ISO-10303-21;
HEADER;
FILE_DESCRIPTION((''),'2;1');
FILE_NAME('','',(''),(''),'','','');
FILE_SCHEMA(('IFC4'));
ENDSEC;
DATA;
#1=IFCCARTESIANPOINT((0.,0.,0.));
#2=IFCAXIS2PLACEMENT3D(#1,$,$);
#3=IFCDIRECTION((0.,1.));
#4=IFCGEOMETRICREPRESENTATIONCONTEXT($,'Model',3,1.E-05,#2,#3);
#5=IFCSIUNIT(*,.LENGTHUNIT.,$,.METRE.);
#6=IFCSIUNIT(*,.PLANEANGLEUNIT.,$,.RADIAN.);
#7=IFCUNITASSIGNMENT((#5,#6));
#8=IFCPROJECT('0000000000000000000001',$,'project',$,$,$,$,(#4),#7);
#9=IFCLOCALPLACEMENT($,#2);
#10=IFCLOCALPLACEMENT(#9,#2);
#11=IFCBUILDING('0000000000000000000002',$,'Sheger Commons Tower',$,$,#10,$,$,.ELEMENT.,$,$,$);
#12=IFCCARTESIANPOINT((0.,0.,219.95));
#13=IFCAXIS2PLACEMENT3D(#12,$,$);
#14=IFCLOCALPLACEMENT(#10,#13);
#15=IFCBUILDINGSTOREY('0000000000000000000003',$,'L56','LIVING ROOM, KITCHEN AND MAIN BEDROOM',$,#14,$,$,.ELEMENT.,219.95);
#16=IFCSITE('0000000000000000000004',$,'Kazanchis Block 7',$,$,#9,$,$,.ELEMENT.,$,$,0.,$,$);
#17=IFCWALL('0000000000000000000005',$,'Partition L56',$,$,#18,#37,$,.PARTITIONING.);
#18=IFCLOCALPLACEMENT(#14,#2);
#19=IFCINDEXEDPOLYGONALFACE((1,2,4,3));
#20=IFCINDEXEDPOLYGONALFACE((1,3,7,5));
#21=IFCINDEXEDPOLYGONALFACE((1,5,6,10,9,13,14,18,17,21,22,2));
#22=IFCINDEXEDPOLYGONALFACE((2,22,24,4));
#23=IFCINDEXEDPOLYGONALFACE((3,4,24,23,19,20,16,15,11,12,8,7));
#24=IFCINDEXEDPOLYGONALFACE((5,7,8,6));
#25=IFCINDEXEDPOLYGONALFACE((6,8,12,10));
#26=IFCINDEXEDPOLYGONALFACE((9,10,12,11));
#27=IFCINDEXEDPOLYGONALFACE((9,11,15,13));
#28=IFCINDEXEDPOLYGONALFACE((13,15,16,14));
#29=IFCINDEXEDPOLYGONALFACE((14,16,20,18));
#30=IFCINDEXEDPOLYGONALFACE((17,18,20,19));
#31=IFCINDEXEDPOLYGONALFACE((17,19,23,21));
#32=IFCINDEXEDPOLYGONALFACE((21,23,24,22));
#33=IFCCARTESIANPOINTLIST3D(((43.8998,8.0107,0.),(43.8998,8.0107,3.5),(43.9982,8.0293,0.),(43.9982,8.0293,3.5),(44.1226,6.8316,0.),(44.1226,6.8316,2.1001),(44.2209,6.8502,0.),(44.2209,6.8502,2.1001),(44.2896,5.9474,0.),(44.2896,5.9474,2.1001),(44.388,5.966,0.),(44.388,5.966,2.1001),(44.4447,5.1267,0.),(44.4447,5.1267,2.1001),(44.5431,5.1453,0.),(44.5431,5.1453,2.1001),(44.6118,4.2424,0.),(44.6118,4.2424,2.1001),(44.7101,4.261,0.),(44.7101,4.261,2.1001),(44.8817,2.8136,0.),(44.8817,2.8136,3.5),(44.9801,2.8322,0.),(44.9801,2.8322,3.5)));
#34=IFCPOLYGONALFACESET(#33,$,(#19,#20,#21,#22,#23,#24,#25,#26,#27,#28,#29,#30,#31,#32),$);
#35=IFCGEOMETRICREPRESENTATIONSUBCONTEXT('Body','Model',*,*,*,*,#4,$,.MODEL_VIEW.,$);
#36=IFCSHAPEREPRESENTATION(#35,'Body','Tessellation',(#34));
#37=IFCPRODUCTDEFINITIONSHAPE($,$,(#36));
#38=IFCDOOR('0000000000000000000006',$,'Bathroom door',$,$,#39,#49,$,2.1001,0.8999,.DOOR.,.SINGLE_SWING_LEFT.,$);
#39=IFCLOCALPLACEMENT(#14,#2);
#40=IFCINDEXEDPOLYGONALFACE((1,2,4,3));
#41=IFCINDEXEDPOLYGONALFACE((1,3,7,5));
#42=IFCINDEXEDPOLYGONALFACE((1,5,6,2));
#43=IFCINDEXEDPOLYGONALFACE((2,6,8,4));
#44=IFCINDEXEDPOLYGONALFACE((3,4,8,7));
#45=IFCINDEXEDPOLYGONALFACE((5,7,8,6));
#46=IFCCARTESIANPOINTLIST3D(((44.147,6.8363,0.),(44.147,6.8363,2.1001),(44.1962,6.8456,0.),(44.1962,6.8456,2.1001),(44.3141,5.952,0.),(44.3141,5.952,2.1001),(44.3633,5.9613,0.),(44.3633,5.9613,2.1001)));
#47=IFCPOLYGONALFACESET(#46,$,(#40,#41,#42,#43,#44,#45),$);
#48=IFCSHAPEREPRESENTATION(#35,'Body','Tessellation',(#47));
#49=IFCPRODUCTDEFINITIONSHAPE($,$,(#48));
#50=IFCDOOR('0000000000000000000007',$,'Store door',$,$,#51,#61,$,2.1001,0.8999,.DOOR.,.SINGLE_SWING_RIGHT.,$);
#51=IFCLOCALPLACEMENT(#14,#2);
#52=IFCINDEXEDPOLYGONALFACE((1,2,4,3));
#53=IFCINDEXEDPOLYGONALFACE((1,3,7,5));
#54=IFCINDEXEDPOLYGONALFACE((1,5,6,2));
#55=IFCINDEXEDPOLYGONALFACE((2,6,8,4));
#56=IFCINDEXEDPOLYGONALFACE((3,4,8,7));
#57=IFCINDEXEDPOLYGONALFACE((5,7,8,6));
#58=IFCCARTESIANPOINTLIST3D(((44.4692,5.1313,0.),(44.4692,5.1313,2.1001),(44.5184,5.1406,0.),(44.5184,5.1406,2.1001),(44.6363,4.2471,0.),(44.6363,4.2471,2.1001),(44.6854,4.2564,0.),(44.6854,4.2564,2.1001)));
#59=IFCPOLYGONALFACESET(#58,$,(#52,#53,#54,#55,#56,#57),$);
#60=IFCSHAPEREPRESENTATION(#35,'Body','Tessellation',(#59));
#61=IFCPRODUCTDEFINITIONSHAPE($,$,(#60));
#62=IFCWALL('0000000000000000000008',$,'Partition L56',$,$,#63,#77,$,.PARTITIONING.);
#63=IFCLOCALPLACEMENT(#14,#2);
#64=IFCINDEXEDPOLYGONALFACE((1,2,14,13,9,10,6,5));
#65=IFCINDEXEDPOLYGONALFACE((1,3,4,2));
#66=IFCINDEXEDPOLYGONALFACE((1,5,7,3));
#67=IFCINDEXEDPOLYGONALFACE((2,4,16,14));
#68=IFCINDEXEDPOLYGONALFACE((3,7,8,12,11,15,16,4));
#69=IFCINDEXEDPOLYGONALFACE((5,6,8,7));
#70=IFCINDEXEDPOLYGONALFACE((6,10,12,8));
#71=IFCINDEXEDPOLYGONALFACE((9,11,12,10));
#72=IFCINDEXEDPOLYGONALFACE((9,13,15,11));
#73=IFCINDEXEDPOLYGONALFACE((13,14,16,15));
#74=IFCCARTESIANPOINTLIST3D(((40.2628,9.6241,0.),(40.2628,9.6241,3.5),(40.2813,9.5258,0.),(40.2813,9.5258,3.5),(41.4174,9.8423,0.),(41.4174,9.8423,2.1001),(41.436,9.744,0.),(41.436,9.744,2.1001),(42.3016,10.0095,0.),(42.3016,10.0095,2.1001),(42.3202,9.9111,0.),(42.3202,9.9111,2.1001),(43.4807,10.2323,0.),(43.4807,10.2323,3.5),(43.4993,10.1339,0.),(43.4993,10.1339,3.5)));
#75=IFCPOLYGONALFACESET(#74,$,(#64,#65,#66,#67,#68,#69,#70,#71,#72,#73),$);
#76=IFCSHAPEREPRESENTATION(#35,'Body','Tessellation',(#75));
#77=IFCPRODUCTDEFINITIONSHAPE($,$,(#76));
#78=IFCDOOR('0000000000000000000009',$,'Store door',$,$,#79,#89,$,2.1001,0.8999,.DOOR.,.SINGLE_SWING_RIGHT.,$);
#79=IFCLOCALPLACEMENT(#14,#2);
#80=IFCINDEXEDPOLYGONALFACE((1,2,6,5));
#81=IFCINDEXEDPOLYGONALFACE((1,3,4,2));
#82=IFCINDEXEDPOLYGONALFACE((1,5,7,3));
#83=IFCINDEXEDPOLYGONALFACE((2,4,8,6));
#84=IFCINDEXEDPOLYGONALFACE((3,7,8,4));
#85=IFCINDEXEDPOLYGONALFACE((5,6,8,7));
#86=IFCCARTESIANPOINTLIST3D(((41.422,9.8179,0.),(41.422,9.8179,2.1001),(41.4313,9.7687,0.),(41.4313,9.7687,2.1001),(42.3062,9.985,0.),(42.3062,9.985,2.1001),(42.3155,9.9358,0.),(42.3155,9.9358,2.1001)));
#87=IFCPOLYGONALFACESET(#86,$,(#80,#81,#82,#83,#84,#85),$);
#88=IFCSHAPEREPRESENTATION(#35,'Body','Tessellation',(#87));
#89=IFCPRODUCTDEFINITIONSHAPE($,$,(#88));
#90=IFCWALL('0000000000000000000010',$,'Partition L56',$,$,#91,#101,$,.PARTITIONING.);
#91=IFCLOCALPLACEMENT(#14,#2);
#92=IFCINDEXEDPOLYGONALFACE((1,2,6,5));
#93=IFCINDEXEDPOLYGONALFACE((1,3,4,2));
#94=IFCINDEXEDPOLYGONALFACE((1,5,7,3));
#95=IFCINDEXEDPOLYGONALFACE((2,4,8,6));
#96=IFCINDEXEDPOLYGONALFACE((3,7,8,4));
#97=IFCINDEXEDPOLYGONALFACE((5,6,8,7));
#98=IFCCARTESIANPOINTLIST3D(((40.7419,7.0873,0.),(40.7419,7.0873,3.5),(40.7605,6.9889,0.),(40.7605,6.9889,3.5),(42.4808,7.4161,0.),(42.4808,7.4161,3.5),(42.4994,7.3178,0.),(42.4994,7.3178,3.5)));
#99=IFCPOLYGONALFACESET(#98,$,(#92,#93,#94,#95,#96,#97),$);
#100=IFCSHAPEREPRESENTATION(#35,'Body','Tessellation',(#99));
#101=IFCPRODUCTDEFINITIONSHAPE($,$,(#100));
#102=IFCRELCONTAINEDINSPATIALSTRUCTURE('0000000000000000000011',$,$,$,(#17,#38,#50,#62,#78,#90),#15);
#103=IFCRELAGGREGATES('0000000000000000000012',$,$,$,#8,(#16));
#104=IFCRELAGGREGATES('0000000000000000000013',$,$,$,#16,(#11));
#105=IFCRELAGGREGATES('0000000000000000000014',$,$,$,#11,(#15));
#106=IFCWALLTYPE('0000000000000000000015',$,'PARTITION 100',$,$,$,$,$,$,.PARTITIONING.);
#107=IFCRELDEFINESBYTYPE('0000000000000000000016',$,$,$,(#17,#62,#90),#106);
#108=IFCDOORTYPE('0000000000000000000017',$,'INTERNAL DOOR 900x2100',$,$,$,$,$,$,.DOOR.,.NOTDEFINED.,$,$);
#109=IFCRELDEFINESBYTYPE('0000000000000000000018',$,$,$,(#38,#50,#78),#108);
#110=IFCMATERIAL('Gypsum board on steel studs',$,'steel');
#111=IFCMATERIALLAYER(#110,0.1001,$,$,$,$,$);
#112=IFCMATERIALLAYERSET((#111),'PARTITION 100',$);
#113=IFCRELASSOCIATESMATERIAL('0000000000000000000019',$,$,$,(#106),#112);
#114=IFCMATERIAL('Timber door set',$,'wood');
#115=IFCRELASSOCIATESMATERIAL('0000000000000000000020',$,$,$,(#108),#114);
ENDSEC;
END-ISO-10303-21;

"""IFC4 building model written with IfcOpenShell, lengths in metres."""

from ifc_helpers import new_model, si_unit, direction, frame, frame_2d, origin, place, context, subcontext, project, spatial, rectangle, extrude, material, layer, layer_set, type_object, element, fill, save


model = new_model("IFC4")

# Units and contexts
model_context = context("Model", 3, precision=1e-05, world=origin(), true_north=direction((0.0, 1.0)))
body_context = subcontext(model_context, "Body", "Model", "MODEL_VIEW")
ifc_project = project(units=[si_unit("LENGTHUNIT", "METRE"), si_unit("PLANEANGLEUNIT", "RADIAN")], contexts=[model_context])

# Site, building, storey
site_placement = place(None, origin())
site = spatial("IfcSite", under=ifc_project, at=site_placement, Name="Kazanchis Block 7", CompositionType="ELEMENT", RefElevation=0.0)
building_placement = place(site_placement, origin())
building = spatial("IfcBuilding", under=site, at=building_placement, Name="Sheger Commons Tower", CompositionType="ELEMENT")
storey_placement = place(building_placement, frame((0.0, 0.0, 219.95)))
storey = spatial("IfcBuildingStorey", under=building, at=storey_placement, Name="L56", Description="LIVING ROOM, KITCHEN AND MAIN BEDROOM", CompositionType="ELEMENT", Elevation=219.95)

# Shared definitions
ifc_material_1 = material(Name="Gypsum board on steel studs", Category="steel")
ifc_layer_1 = layer(ifc_material_1, 0.1001)
ifc_layer_set_1 = layer_set([ifc_layer_1], Name="PARTITION 100")
wall_type_1 = type_object("IfcWallType", Name="PARTITION 100", PredefinedType="PARTITIONING", material=ifc_layer_set_1)
ifc_material_2 = material(Name="Timber door set", Category="wood")
door_type_1 = type_object("IfcDoorType", Name="INTERNAL DOOR 900x2100", OperationType="NOTDEFINED", PredefinedType="DOOR", material=ifc_material_2)

# Wall, openings, doors
wall_1_placement = place(storey_placement, frame((43.949, 8.02, 0.0), z_axis=(0.0, 0.0, 1.0), x_axis=(0.185657, -0.982615, 0.0)))
wall_1 = element("IfcWall", 1, at=wall_1_placement, inside=storey, type_object=wall_type_1, Name="Partition L56", PredefinedType="PARTITIONING", context=body_context, shape_type="SweptSolid", body=[
    extrude(rectangle(XDim=5.2891, YDim=0.1001, at=frame_2d((2.6445, 0.0))), origin(), (0.0, 0.0, 1.0), 3.5),
])
opening_1_placement = place(wall_1_placement, frame((1.2, 0.0, 0.0)))
opening_1 = element("IfcOpeningElement", 2, at=opening_1_placement, cuts=wall_1, PredefinedType="OPENING", context=body_context, shape_type="SweptSolid", body=[
    extrude(rectangle(XDim=0.8999, YDim=2.1001, at=frame_2d((0.45, 1.05))), frame((0.0, 0.0601, 0.0), z_axis=(0.0, -1.0, 0.0), x_axis=(1.0, 0.0, 0.0)), (0.0, 0.0, 1.0), 0.1201),
])
opening_2_placement = place(wall_1_placement, frame((2.9351, 0.0, 0.0)))
opening_2 = element("IfcOpeningElement", 3, at=opening_2_placement, cuts=wall_1, PredefinedType="OPENING", context=body_context, shape_type="SweptSolid", body=[
    extrude(rectangle(XDim=0.8999, YDim=2.1001, at=frame_2d((0.45, 1.05))), frame((0.0, 0.0601, 0.0), z_axis=(0.0, -1.0, 0.0), x_axis=(1.0, 0.0, 0.0)), (0.0, 0.0, 1.0), 0.1201),
])
door_1_placement = place(opening_1_placement, origin())
door_1 = element("IfcDoor", 4, at=door_1_placement, inside=storey, type_object=door_type_1, Name="Bathroom door", OperationType="SINGLE_SWING_LEFT", OverallHeight=2.1001, OverallWidth=0.8999, PredefinedType="DOOR", context=body_context, shape_type="SweptSolid", body=[
    extrude(rectangle(XDim=0.8999, YDim=2.1001, at=frame_2d((0.45, 1.05))), frame((0.0, 0.0249, 0.0), z_axis=(0.0, -1.0, 0.0), x_axis=(1.0, 0.0, 0.0)), (0.0, 0.0, 1.0), 0.05),
])
fill(opening_1, door_1)
door_2_placement = place(opening_2_placement, origin())
door_2 = element("IfcDoor", 5, at=door_2_placement, inside=storey, type_object=door_type_1, Name="Store door", OperationType="SINGLE_SWING_RIGHT", OverallHeight=2.1001, OverallWidth=0.8999, PredefinedType="DOOR", context=body_context, shape_type="SweptSolid", body=[
    extrude(rectangle(XDim=0.8999, YDim=2.1001, at=frame_2d((0.45, 1.05))), frame((0.0, 0.0249, 0.0), z_axis=(0.0, -1.0, 0.0), x_axis=(1.0, 0.0, 0.0)), (0.0, 0.0, 1.0), 0.05),
])
fill(opening_2, door_2)

# Wall, opening, door
wall_2_placement = place(storey_placement, frame((43.49, 10.1831, 0.0), z_axis=(0.0, 0.0, 1.0), x_axis=(-0.982607, -0.185697, 0.0)))
wall_2 = element("IfcWall", 6, at=wall_2_placement, inside=storey, type_object=wall_type_1, Name="Partition L56", PredefinedType="PARTITIONING", context=body_context, shape_type="SweptSolid", body=[
    extrude(rectangle(XDim=3.2749, YDim=0.1001, at=frame_2d((1.6375, 0.0))), origin(), (0.0, 0.0, 1.0), 3.5),
])
opening_3_placement = place(wall_2_placement, frame((1.2, 0.0, 0.0)))
opening_3 = element("IfcOpeningElement", 7, at=opening_3_placement, cuts=wall_2, PredefinedType="OPENING", context=body_context, shape_type="SweptSolid", body=[
    extrude(rectangle(XDim=0.8999, YDim=2.1001, at=frame_2d((0.45, 1.05))), frame((0.0, 0.0601, 0.0), z_axis=(0.0, -1.0, 0.0), x_axis=(1.0, 0.0, 0.0)), (0.0, 0.0, 1.0), 0.1201),
])
door_3_placement = place(opening_3_placement, origin())
door_3 = element("IfcDoor", 8, at=door_3_placement, inside=storey, type_object=door_type_1, Name="Store door", OperationType="SINGLE_SWING_RIGHT", OverallHeight=2.1001, OverallWidth=0.8999, PredefinedType="DOOR", context=body_context, shape_type="SweptSolid", body=[
    extrude(rectangle(XDim=0.8999, YDim=2.1001, at=frame_2d((0.45, 1.05))), frame((0.0, 0.0249, 0.0), z_axis=(0.0, -1.0, 0.0), x_axis=(1.0, 0.0, 0.0)), (0.0, 0.0, 1.0), 0.05),
])
fill(opening_3, door_3)

# Wall
wall_3_placement = place(storey_placement, frame((42.49, 7.3669, 0.0), z_axis=(0.0, 0.0, 1.0), x_axis=(-0.982585, -0.185812, 0.0)))
element("IfcWall", 9, at=wall_3_placement, inside=storey, type_object=wall_type_1, Name="Partition L56", PredefinedType="PARTITIONING", context=body_context, shape_type="SweptSolid", body=[
    extrude(rectangle(XDim=1.7698, YDim=0.1001, at=frame_2d((0.8848, 0.0))), origin(), (0.0, 0.0, 1.0), 3.5),
])

save(model, "model.ifc")
